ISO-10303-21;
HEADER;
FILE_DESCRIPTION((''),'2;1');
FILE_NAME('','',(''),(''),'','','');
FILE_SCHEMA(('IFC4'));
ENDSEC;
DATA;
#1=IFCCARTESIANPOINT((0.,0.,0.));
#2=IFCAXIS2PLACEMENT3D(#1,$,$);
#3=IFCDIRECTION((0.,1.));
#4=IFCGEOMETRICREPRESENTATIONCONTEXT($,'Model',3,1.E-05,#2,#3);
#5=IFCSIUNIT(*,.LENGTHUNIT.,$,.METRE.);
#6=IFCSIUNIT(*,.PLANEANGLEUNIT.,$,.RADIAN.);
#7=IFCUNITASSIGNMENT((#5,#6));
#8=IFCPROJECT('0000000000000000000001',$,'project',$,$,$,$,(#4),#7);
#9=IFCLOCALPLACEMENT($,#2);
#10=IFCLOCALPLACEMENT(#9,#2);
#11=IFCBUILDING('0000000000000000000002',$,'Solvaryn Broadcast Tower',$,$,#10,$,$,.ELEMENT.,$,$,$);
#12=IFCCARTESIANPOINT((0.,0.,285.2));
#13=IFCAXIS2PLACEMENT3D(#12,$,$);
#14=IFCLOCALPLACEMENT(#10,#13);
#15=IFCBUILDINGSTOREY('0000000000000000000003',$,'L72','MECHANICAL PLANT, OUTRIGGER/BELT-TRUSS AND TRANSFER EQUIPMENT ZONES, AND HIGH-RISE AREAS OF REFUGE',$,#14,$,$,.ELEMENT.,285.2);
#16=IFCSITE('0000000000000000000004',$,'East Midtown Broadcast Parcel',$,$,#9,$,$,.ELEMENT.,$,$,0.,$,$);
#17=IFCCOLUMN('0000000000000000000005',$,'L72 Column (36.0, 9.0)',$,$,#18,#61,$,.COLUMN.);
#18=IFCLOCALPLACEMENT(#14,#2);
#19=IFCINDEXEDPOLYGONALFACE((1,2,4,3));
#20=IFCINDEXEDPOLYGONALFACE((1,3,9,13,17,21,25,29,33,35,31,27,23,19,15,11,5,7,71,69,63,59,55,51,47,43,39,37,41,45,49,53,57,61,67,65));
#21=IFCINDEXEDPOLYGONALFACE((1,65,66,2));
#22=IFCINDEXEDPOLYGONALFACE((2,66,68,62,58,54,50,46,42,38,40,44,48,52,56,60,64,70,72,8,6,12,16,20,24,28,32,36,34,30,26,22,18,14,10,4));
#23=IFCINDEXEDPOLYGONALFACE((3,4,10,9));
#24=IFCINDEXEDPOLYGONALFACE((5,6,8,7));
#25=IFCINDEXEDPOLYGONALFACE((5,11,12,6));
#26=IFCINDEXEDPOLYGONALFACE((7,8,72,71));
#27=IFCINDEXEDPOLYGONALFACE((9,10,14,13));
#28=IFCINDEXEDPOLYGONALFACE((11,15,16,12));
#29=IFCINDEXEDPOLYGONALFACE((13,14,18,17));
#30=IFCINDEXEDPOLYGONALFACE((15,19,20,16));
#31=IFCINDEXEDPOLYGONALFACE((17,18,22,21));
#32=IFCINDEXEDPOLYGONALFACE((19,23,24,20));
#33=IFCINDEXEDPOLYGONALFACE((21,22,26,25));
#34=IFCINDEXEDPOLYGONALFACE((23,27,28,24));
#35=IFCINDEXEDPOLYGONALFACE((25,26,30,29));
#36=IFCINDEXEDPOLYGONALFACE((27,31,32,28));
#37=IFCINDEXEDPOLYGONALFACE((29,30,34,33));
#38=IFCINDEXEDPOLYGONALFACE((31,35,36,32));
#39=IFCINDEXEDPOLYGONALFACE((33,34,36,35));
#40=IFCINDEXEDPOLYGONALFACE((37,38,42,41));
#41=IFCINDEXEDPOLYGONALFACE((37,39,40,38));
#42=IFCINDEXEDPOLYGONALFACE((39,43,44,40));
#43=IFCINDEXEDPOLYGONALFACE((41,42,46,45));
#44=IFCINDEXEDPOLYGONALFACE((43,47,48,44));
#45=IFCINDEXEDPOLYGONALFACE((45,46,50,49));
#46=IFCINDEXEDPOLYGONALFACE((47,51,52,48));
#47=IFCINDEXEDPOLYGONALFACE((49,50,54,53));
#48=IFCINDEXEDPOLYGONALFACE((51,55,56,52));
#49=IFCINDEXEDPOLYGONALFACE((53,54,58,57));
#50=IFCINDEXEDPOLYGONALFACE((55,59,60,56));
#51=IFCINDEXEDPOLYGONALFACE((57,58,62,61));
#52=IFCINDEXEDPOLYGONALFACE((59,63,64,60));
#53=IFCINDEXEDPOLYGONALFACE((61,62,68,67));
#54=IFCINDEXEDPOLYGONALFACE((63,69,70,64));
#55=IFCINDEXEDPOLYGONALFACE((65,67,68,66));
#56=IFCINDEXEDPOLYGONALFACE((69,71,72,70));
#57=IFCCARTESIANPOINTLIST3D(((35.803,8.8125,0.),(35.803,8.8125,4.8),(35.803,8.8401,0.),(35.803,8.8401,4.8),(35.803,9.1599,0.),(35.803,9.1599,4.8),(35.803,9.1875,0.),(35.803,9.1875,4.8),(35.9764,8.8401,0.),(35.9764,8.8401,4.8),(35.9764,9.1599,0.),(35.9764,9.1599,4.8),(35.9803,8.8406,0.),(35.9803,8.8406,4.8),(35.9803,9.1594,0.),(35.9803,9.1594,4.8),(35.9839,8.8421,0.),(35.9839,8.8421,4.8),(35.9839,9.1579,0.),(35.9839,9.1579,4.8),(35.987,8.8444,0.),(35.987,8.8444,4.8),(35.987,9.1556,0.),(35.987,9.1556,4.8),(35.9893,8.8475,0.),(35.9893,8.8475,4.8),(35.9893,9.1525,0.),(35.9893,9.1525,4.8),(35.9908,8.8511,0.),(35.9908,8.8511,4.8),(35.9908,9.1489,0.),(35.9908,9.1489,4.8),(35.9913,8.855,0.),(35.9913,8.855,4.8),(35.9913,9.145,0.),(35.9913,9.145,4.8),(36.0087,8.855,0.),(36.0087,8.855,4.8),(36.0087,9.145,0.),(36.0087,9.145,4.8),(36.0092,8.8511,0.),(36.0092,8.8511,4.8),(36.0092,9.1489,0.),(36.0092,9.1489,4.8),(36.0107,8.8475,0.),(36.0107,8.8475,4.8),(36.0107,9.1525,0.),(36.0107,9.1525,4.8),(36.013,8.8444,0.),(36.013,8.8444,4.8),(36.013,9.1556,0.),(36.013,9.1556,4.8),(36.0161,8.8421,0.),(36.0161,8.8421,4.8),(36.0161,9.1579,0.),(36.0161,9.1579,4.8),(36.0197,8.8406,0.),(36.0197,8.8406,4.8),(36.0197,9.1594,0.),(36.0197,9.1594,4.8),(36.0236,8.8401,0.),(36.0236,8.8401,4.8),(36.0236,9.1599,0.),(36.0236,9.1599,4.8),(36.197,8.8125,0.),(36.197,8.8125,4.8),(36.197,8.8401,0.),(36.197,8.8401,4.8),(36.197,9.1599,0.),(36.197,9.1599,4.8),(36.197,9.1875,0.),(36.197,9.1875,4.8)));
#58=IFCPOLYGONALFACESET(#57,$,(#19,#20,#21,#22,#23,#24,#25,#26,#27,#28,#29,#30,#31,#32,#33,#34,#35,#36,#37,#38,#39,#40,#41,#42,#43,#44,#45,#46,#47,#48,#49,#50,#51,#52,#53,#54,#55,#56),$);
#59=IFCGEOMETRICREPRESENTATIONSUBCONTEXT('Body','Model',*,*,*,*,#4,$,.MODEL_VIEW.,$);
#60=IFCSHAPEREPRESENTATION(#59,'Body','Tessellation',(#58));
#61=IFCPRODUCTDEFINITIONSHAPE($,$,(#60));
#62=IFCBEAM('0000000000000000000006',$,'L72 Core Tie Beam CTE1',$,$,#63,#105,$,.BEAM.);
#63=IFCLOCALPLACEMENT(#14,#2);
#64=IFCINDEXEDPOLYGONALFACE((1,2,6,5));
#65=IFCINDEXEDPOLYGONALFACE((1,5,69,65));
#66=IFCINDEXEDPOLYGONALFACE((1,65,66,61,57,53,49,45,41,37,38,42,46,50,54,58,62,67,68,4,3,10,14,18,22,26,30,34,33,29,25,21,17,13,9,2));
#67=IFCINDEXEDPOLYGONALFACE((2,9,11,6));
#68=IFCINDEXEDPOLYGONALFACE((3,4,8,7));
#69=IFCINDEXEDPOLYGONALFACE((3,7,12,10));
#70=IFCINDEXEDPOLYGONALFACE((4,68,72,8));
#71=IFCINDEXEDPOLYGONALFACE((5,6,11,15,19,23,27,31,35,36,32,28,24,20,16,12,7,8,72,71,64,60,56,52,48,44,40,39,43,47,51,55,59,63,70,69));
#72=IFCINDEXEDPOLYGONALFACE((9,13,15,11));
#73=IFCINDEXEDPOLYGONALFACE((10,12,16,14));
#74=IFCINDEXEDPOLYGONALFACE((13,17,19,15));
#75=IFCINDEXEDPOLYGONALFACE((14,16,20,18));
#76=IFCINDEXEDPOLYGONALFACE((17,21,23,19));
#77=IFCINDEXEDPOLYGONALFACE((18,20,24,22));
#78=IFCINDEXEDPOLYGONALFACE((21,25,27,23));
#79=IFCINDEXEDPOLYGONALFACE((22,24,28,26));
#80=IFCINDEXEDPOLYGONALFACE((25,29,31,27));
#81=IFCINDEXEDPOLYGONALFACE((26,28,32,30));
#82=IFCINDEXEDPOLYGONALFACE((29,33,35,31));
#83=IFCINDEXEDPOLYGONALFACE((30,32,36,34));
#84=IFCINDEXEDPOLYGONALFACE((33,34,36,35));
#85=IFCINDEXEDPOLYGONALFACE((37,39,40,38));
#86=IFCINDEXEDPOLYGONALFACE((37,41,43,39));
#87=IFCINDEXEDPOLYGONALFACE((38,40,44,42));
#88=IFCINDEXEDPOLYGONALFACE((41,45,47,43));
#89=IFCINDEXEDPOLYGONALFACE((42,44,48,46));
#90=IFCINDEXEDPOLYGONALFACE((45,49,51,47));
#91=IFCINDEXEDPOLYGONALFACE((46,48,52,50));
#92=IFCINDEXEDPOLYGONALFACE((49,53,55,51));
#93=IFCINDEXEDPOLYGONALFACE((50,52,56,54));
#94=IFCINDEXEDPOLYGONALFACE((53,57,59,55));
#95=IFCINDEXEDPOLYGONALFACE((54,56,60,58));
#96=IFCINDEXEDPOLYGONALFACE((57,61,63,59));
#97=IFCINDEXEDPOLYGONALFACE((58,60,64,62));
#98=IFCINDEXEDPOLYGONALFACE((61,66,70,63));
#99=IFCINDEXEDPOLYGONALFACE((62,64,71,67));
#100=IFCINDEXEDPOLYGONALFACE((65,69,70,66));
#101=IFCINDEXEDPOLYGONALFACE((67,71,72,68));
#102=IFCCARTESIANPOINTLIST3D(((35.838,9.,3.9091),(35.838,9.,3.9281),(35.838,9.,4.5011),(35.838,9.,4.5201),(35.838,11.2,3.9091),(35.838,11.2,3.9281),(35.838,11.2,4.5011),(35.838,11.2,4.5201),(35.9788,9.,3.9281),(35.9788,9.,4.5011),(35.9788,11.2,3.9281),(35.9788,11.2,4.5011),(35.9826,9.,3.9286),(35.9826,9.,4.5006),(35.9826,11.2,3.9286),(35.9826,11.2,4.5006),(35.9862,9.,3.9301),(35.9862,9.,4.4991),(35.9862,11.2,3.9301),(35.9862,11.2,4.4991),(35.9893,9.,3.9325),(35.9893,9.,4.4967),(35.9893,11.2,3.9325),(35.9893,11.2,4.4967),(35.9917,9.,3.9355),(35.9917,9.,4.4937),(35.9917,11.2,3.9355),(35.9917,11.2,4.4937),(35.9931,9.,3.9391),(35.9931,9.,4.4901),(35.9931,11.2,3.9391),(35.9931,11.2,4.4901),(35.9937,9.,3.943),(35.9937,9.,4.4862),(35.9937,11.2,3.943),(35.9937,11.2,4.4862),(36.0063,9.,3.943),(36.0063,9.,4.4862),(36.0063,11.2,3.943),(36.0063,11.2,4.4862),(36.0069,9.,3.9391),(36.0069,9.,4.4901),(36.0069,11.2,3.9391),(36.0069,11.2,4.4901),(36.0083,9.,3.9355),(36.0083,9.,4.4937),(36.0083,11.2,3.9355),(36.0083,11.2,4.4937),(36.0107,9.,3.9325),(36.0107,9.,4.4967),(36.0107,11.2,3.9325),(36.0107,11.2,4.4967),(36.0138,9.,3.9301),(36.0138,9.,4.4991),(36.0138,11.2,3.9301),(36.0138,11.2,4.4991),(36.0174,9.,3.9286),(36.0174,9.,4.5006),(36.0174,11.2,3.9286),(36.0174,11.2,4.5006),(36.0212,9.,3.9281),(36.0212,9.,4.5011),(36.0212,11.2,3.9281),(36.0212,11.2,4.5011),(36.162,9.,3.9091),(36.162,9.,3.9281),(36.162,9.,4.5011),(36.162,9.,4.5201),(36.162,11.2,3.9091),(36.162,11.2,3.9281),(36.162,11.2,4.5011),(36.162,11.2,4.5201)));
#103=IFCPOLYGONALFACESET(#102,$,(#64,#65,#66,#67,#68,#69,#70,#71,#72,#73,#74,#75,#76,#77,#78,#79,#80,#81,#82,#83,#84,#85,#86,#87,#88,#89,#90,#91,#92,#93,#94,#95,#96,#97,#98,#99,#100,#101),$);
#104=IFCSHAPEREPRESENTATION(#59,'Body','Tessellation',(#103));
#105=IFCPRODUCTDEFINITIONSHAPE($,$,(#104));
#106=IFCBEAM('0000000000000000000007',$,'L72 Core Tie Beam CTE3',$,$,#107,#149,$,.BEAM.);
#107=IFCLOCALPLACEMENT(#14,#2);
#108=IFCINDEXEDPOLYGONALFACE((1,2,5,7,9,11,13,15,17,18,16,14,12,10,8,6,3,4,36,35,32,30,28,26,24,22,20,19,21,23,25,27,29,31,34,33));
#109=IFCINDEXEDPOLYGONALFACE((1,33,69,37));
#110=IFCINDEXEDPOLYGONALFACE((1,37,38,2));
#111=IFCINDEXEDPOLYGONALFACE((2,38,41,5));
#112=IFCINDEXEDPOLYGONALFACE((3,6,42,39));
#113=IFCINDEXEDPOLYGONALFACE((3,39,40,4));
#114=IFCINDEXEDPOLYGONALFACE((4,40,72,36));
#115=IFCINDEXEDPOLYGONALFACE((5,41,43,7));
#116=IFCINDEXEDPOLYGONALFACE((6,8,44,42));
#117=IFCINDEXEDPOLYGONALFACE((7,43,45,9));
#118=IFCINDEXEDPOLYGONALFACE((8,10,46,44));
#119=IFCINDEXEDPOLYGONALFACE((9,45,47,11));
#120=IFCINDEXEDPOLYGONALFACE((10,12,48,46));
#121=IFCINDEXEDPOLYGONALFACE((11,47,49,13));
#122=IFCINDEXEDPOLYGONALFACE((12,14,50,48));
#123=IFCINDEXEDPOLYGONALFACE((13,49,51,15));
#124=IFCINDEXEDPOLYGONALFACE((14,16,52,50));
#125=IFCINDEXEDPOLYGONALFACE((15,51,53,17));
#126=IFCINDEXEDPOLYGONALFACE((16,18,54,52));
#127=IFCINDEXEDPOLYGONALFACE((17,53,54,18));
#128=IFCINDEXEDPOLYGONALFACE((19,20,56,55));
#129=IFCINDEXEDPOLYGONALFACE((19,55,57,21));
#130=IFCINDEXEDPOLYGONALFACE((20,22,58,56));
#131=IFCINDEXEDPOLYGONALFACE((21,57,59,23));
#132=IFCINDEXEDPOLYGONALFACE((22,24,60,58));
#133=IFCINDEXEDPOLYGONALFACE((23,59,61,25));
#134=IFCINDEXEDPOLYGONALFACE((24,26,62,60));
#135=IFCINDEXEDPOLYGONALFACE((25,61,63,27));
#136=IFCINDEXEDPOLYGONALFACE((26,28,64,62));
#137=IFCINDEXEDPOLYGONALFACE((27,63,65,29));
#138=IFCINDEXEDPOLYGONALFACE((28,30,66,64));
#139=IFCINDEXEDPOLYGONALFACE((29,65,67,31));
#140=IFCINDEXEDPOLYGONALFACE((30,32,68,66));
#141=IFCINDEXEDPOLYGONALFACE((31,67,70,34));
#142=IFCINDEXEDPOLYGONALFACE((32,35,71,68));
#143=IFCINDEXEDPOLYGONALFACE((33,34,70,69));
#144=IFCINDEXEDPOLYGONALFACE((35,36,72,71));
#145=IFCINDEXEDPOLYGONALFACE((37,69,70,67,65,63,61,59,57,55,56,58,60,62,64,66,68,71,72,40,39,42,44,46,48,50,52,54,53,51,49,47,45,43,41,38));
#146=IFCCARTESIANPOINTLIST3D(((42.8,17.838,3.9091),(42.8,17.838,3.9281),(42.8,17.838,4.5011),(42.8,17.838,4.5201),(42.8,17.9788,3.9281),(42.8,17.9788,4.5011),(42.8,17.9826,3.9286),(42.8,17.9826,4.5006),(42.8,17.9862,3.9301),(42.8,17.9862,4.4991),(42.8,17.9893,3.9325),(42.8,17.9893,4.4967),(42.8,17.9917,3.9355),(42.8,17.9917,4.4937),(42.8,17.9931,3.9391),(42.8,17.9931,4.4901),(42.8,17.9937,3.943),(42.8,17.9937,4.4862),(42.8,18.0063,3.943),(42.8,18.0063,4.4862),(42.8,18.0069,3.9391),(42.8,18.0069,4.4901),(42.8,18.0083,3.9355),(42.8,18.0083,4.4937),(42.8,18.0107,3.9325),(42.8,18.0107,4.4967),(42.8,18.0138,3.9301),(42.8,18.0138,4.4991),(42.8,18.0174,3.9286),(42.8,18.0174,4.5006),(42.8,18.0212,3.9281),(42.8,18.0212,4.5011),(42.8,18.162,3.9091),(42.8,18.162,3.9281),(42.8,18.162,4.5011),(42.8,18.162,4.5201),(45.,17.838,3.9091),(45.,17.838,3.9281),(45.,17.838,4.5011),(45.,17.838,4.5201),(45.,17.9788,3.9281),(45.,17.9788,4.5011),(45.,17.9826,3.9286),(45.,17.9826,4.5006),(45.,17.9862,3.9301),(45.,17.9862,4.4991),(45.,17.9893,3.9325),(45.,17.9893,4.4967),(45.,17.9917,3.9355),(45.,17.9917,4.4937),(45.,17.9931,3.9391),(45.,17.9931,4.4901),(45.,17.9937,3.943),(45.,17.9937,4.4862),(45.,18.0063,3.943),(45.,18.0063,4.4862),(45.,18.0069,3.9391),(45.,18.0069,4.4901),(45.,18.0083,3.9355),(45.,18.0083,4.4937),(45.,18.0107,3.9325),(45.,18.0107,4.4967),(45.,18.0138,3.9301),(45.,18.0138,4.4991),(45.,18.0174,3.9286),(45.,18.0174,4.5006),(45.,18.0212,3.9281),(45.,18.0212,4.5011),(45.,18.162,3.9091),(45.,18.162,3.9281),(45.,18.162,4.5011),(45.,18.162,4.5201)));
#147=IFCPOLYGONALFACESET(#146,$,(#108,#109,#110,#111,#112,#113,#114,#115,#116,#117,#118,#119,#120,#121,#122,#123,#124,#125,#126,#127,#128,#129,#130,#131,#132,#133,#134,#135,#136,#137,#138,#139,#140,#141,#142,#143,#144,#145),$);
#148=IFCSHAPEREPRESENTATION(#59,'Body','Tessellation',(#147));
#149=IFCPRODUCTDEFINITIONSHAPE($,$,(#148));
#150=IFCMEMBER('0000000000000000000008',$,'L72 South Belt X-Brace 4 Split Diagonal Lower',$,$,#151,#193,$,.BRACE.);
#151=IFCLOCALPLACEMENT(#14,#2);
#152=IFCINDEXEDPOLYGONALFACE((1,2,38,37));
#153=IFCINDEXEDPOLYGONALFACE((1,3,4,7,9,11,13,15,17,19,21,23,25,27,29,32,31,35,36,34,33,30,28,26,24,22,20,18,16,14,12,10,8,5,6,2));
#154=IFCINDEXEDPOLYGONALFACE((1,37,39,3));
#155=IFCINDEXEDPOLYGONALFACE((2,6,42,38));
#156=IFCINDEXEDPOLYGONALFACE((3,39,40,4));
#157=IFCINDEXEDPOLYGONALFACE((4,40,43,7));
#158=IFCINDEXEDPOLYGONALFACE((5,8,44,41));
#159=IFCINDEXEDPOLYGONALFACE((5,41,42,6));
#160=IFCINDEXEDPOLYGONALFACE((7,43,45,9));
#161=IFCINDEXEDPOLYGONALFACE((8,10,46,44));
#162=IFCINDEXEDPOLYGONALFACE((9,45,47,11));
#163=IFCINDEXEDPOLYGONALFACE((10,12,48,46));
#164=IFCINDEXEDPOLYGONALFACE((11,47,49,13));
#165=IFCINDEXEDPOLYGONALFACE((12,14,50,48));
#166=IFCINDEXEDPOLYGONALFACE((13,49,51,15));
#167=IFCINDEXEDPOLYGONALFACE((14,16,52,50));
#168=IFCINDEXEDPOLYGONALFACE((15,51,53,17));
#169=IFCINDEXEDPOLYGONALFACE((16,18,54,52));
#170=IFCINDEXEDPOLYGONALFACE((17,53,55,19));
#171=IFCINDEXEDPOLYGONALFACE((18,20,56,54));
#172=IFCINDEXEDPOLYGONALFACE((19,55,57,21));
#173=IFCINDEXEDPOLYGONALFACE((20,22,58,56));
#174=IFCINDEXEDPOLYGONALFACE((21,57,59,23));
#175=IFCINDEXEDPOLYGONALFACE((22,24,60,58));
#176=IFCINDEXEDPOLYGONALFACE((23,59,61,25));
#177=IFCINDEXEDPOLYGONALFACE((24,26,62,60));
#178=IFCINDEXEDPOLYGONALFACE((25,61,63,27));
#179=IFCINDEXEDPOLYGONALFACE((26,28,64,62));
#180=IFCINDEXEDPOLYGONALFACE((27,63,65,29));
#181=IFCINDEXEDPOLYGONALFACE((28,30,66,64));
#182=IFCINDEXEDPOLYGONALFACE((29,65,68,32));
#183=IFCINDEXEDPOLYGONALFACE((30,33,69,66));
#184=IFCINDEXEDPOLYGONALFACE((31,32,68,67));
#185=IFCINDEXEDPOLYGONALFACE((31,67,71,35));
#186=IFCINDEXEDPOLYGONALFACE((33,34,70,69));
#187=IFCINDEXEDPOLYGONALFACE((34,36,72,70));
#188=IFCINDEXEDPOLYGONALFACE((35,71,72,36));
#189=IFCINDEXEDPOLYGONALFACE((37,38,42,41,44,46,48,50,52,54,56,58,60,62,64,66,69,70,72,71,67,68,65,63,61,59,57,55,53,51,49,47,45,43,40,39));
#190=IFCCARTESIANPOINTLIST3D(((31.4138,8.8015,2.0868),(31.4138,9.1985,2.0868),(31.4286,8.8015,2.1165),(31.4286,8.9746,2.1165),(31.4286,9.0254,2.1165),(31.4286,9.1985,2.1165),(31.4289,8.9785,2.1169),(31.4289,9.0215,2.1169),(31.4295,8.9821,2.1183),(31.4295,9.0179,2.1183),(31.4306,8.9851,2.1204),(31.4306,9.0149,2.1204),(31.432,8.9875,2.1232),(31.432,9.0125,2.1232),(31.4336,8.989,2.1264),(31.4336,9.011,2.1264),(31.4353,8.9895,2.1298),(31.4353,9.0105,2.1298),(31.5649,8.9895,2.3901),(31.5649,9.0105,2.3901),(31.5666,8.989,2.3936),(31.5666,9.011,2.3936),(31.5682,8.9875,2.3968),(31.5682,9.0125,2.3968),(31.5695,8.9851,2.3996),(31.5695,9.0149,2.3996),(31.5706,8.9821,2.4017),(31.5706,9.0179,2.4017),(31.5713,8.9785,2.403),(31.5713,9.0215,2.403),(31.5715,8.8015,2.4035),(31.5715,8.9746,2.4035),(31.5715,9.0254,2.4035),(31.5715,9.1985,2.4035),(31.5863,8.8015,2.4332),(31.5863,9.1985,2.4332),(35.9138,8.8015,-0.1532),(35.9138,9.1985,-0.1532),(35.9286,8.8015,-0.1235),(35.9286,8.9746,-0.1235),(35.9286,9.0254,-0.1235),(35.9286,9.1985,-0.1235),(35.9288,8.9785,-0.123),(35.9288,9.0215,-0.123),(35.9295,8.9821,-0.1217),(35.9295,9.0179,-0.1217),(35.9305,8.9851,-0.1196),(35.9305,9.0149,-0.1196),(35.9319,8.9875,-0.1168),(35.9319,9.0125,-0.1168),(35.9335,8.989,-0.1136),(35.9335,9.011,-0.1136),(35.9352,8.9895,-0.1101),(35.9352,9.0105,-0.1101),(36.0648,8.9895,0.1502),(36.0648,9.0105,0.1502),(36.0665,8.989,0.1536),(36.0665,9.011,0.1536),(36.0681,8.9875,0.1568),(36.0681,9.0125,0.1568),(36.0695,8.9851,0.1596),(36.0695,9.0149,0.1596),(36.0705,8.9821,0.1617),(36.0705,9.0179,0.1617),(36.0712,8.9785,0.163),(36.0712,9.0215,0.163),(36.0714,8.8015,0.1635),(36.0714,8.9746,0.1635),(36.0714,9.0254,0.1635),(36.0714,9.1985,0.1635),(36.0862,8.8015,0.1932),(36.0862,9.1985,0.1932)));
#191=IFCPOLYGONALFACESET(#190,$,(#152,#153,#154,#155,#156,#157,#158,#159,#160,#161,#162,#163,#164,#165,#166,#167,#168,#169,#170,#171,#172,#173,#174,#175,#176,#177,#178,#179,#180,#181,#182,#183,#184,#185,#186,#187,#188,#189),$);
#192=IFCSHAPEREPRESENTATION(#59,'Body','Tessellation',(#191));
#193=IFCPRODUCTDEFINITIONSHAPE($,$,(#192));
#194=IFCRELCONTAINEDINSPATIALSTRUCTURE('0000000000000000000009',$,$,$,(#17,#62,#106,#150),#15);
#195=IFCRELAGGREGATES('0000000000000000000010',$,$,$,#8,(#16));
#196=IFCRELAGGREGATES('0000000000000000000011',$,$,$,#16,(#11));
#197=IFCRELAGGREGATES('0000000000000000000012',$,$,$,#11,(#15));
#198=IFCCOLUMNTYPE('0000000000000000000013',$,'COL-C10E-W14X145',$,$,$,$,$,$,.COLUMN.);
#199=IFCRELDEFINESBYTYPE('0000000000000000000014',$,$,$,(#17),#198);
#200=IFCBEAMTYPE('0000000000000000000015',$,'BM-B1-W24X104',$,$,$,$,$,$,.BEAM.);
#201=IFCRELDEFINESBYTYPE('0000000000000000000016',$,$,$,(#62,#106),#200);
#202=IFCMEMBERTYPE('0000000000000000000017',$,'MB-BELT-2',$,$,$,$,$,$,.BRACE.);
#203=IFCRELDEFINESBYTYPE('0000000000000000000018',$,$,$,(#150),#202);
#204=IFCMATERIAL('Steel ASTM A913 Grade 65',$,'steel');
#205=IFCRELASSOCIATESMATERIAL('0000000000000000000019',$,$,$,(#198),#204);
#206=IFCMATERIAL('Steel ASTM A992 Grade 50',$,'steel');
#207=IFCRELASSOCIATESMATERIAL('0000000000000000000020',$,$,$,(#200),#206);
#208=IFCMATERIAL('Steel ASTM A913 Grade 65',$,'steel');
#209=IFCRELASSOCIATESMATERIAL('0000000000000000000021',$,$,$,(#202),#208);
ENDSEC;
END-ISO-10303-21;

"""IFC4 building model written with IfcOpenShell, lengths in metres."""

from ifc_helpers import new_model, si_unit, direction, frame, origin, origin_2d, place, context, subcontext, project, spatial, i_section, extrude, material, material_profile, profile_set, type_object, element, save


model = new_model("IFC4")

# Units and contexts
model_context = context("Model", 3, precision=1e-05, world=origin(), true_north=direction((0.0, 1.0)))
body_context = subcontext(model_context, "Body", "Model", "MODEL_VIEW")
ifc_project = project(units=[si_unit("LENGTHUNIT", "METRE"), si_unit("PLANEANGLEUNIT", "RADIAN")], contexts=[model_context])

# Site, building, storey
site_placement = place(None, origin())
site = spatial("IfcSite", under=ifc_project, at=site_placement, Name="East Midtown Broadcast Parcel", CompositionType="ELEMENT", RefElevation=0.0)
building_placement = place(site_placement, origin())
building = spatial("IfcBuilding", under=site, at=building_placement, Name="Solvaryn Broadcast Tower", CompositionType="ELEMENT")
storey_placement = place(building_placement, frame((0.0, 0.0, 285.2)))
storey = spatial("IfcBuildingStorey", under=building, at=storey_placement, Name="L72", Description="MECHANICAL PLANT, OUTRIGGER/BELT-TRUSS AND TRANSFER EQUIPMENT ZONES, AND HIGH-RISE AREAS OF REFUGE", CompositionType="ELEMENT", Elevation=285.2)

# Column
ifc_material_1 = material(Name="Steel ASTM A913 Grade 65", Category="steel")
ifc_material_profile_1 = material_profile(ifc_material_1, i_section(OverallWidth=0.394, OverallDepth=0.375, WebThickness=0.0173, FlangeThickness=0.0276, FilletRadius=0.0149, at=origin_2d()))
ifc_profile_set_1 = profile_set([ifc_material_profile_1], Name="Steel ASTM A913 Grade 65")
column_type = type_object("IfcColumnType", Name="COL-C10E-W14X145", PredefinedType="COLUMN", material=ifc_profile_set_1)
column_placement = place(storey_placement, frame((36.0, 9.0, 0.0), z_axis=(0.0, 0.0, 1.0), x_axis=(1.0, 0.0, 0.0)))
element("IfcColumn", 1, at=column_placement, inside=storey, type_object=column_type, Name="L72 Column (36.0, 9.0)", PredefinedType="COLUMN", context=body_context, shape_type="SweptSolid", body=[
    extrude(i_section(OverallWidth=0.394, OverallDepth=0.375, WebThickness=0.0173, FlangeThickness=0.0276, FilletRadius=0.0149, at=origin_2d()), origin(), (0.0, 0.0, 1.0), 4.8),
])

# Beams
ifc_material_2 = material(Name="Steel ASTM A992 Grade 50", Category="steel")
ifc_material_profile_2 = material_profile(ifc_material_2, i_section(OverallWidth=0.324, OverallDepth=0.6111, WebThickness=0.0127, FlangeThickness=0.019, FilletRadius=0.0149, at=origin_2d()))
ifc_profile_set_2 = profile_set([ifc_material_profile_2], Name="Steel ASTM A992 Grade 50")
beam_type = type_object("IfcBeamType", Name="BM-B1-W24X104", PredefinedType="BEAM", material=ifc_profile_set_2)
for number, where, z_axis, x_axis, name in (
    (2, (36.0, 9.0, 4.2146), (0.0, 1.0, 0.0), (-1.0, 0.0, 0.0), "L72 Core Tie Beam CTE1"),
    (3, (42.8, 18.0, 4.2146), (1.0, 0.0, 0.0), (0.0, 1.0, 0.0), "L72 Core Tie Beam CTE3"),
):
    element("IfcBeam", number, at=place(storey_placement, frame(where, z_axis=z_axis, x_axis=x_axis)), inside=storey, type_object=beam_type, Name=name, PredefinedType="BEAM", context=body_context, shape_type="SweptSolid", body=[
        extrude(i_section(OverallWidth=0.324, OverallDepth=0.6111, WebThickness=0.0127, FlangeThickness=0.019, FilletRadius=0.0149, at=origin_2d()), origin(), (0.0, 0.0, 1.0), 2.2),
    ])

# Member
ifc_material_3 = material(Name="Steel ASTM A913 Grade 65", Category="steel")
ifc_material_profile_3 = material_profile(ifc_material_3, i_section(OverallWidth=0.397, OverallDepth=0.387, WebThickness=0.021, FlangeThickness=0.0332, FilletRadius=0.0149, at=origin_2d()))
ifc_profile_set_3 = profile_set([ifc_material_profile_3], Name="Steel ASTM A913 Grade 65")
member_type_1 = type_object("IfcMemberType", Name="MB-BELT-2", PredefinedType="BRACE", material=ifc_profile_set_3)
member_1_placement = place(storey_placement, frame((36.0, 9.0, 0.02), z_axis=(-0.895222, 0.0, 0.44562), x_axis=(0.0, -1.0, 0.0)))
element("IfcMember", 4, at=member_1_placement, inside=storey, type_object=member_type_1, Name="L72 South Belt X-Brace 4 Split Diagonal Lower", PredefinedType="BRACE", context=body_context, shape_type="SweptSolid", body=[
    extrude(i_section(OverallWidth=0.397, OverallDepth=0.387, WebThickness=0.021, FlangeThickness=0.0332, FilletRadius=0.0149, at=origin_2d()), origin(), (0.0, 0.0, 1.0), 5.0266),
])

save(model, "model.ifc")
